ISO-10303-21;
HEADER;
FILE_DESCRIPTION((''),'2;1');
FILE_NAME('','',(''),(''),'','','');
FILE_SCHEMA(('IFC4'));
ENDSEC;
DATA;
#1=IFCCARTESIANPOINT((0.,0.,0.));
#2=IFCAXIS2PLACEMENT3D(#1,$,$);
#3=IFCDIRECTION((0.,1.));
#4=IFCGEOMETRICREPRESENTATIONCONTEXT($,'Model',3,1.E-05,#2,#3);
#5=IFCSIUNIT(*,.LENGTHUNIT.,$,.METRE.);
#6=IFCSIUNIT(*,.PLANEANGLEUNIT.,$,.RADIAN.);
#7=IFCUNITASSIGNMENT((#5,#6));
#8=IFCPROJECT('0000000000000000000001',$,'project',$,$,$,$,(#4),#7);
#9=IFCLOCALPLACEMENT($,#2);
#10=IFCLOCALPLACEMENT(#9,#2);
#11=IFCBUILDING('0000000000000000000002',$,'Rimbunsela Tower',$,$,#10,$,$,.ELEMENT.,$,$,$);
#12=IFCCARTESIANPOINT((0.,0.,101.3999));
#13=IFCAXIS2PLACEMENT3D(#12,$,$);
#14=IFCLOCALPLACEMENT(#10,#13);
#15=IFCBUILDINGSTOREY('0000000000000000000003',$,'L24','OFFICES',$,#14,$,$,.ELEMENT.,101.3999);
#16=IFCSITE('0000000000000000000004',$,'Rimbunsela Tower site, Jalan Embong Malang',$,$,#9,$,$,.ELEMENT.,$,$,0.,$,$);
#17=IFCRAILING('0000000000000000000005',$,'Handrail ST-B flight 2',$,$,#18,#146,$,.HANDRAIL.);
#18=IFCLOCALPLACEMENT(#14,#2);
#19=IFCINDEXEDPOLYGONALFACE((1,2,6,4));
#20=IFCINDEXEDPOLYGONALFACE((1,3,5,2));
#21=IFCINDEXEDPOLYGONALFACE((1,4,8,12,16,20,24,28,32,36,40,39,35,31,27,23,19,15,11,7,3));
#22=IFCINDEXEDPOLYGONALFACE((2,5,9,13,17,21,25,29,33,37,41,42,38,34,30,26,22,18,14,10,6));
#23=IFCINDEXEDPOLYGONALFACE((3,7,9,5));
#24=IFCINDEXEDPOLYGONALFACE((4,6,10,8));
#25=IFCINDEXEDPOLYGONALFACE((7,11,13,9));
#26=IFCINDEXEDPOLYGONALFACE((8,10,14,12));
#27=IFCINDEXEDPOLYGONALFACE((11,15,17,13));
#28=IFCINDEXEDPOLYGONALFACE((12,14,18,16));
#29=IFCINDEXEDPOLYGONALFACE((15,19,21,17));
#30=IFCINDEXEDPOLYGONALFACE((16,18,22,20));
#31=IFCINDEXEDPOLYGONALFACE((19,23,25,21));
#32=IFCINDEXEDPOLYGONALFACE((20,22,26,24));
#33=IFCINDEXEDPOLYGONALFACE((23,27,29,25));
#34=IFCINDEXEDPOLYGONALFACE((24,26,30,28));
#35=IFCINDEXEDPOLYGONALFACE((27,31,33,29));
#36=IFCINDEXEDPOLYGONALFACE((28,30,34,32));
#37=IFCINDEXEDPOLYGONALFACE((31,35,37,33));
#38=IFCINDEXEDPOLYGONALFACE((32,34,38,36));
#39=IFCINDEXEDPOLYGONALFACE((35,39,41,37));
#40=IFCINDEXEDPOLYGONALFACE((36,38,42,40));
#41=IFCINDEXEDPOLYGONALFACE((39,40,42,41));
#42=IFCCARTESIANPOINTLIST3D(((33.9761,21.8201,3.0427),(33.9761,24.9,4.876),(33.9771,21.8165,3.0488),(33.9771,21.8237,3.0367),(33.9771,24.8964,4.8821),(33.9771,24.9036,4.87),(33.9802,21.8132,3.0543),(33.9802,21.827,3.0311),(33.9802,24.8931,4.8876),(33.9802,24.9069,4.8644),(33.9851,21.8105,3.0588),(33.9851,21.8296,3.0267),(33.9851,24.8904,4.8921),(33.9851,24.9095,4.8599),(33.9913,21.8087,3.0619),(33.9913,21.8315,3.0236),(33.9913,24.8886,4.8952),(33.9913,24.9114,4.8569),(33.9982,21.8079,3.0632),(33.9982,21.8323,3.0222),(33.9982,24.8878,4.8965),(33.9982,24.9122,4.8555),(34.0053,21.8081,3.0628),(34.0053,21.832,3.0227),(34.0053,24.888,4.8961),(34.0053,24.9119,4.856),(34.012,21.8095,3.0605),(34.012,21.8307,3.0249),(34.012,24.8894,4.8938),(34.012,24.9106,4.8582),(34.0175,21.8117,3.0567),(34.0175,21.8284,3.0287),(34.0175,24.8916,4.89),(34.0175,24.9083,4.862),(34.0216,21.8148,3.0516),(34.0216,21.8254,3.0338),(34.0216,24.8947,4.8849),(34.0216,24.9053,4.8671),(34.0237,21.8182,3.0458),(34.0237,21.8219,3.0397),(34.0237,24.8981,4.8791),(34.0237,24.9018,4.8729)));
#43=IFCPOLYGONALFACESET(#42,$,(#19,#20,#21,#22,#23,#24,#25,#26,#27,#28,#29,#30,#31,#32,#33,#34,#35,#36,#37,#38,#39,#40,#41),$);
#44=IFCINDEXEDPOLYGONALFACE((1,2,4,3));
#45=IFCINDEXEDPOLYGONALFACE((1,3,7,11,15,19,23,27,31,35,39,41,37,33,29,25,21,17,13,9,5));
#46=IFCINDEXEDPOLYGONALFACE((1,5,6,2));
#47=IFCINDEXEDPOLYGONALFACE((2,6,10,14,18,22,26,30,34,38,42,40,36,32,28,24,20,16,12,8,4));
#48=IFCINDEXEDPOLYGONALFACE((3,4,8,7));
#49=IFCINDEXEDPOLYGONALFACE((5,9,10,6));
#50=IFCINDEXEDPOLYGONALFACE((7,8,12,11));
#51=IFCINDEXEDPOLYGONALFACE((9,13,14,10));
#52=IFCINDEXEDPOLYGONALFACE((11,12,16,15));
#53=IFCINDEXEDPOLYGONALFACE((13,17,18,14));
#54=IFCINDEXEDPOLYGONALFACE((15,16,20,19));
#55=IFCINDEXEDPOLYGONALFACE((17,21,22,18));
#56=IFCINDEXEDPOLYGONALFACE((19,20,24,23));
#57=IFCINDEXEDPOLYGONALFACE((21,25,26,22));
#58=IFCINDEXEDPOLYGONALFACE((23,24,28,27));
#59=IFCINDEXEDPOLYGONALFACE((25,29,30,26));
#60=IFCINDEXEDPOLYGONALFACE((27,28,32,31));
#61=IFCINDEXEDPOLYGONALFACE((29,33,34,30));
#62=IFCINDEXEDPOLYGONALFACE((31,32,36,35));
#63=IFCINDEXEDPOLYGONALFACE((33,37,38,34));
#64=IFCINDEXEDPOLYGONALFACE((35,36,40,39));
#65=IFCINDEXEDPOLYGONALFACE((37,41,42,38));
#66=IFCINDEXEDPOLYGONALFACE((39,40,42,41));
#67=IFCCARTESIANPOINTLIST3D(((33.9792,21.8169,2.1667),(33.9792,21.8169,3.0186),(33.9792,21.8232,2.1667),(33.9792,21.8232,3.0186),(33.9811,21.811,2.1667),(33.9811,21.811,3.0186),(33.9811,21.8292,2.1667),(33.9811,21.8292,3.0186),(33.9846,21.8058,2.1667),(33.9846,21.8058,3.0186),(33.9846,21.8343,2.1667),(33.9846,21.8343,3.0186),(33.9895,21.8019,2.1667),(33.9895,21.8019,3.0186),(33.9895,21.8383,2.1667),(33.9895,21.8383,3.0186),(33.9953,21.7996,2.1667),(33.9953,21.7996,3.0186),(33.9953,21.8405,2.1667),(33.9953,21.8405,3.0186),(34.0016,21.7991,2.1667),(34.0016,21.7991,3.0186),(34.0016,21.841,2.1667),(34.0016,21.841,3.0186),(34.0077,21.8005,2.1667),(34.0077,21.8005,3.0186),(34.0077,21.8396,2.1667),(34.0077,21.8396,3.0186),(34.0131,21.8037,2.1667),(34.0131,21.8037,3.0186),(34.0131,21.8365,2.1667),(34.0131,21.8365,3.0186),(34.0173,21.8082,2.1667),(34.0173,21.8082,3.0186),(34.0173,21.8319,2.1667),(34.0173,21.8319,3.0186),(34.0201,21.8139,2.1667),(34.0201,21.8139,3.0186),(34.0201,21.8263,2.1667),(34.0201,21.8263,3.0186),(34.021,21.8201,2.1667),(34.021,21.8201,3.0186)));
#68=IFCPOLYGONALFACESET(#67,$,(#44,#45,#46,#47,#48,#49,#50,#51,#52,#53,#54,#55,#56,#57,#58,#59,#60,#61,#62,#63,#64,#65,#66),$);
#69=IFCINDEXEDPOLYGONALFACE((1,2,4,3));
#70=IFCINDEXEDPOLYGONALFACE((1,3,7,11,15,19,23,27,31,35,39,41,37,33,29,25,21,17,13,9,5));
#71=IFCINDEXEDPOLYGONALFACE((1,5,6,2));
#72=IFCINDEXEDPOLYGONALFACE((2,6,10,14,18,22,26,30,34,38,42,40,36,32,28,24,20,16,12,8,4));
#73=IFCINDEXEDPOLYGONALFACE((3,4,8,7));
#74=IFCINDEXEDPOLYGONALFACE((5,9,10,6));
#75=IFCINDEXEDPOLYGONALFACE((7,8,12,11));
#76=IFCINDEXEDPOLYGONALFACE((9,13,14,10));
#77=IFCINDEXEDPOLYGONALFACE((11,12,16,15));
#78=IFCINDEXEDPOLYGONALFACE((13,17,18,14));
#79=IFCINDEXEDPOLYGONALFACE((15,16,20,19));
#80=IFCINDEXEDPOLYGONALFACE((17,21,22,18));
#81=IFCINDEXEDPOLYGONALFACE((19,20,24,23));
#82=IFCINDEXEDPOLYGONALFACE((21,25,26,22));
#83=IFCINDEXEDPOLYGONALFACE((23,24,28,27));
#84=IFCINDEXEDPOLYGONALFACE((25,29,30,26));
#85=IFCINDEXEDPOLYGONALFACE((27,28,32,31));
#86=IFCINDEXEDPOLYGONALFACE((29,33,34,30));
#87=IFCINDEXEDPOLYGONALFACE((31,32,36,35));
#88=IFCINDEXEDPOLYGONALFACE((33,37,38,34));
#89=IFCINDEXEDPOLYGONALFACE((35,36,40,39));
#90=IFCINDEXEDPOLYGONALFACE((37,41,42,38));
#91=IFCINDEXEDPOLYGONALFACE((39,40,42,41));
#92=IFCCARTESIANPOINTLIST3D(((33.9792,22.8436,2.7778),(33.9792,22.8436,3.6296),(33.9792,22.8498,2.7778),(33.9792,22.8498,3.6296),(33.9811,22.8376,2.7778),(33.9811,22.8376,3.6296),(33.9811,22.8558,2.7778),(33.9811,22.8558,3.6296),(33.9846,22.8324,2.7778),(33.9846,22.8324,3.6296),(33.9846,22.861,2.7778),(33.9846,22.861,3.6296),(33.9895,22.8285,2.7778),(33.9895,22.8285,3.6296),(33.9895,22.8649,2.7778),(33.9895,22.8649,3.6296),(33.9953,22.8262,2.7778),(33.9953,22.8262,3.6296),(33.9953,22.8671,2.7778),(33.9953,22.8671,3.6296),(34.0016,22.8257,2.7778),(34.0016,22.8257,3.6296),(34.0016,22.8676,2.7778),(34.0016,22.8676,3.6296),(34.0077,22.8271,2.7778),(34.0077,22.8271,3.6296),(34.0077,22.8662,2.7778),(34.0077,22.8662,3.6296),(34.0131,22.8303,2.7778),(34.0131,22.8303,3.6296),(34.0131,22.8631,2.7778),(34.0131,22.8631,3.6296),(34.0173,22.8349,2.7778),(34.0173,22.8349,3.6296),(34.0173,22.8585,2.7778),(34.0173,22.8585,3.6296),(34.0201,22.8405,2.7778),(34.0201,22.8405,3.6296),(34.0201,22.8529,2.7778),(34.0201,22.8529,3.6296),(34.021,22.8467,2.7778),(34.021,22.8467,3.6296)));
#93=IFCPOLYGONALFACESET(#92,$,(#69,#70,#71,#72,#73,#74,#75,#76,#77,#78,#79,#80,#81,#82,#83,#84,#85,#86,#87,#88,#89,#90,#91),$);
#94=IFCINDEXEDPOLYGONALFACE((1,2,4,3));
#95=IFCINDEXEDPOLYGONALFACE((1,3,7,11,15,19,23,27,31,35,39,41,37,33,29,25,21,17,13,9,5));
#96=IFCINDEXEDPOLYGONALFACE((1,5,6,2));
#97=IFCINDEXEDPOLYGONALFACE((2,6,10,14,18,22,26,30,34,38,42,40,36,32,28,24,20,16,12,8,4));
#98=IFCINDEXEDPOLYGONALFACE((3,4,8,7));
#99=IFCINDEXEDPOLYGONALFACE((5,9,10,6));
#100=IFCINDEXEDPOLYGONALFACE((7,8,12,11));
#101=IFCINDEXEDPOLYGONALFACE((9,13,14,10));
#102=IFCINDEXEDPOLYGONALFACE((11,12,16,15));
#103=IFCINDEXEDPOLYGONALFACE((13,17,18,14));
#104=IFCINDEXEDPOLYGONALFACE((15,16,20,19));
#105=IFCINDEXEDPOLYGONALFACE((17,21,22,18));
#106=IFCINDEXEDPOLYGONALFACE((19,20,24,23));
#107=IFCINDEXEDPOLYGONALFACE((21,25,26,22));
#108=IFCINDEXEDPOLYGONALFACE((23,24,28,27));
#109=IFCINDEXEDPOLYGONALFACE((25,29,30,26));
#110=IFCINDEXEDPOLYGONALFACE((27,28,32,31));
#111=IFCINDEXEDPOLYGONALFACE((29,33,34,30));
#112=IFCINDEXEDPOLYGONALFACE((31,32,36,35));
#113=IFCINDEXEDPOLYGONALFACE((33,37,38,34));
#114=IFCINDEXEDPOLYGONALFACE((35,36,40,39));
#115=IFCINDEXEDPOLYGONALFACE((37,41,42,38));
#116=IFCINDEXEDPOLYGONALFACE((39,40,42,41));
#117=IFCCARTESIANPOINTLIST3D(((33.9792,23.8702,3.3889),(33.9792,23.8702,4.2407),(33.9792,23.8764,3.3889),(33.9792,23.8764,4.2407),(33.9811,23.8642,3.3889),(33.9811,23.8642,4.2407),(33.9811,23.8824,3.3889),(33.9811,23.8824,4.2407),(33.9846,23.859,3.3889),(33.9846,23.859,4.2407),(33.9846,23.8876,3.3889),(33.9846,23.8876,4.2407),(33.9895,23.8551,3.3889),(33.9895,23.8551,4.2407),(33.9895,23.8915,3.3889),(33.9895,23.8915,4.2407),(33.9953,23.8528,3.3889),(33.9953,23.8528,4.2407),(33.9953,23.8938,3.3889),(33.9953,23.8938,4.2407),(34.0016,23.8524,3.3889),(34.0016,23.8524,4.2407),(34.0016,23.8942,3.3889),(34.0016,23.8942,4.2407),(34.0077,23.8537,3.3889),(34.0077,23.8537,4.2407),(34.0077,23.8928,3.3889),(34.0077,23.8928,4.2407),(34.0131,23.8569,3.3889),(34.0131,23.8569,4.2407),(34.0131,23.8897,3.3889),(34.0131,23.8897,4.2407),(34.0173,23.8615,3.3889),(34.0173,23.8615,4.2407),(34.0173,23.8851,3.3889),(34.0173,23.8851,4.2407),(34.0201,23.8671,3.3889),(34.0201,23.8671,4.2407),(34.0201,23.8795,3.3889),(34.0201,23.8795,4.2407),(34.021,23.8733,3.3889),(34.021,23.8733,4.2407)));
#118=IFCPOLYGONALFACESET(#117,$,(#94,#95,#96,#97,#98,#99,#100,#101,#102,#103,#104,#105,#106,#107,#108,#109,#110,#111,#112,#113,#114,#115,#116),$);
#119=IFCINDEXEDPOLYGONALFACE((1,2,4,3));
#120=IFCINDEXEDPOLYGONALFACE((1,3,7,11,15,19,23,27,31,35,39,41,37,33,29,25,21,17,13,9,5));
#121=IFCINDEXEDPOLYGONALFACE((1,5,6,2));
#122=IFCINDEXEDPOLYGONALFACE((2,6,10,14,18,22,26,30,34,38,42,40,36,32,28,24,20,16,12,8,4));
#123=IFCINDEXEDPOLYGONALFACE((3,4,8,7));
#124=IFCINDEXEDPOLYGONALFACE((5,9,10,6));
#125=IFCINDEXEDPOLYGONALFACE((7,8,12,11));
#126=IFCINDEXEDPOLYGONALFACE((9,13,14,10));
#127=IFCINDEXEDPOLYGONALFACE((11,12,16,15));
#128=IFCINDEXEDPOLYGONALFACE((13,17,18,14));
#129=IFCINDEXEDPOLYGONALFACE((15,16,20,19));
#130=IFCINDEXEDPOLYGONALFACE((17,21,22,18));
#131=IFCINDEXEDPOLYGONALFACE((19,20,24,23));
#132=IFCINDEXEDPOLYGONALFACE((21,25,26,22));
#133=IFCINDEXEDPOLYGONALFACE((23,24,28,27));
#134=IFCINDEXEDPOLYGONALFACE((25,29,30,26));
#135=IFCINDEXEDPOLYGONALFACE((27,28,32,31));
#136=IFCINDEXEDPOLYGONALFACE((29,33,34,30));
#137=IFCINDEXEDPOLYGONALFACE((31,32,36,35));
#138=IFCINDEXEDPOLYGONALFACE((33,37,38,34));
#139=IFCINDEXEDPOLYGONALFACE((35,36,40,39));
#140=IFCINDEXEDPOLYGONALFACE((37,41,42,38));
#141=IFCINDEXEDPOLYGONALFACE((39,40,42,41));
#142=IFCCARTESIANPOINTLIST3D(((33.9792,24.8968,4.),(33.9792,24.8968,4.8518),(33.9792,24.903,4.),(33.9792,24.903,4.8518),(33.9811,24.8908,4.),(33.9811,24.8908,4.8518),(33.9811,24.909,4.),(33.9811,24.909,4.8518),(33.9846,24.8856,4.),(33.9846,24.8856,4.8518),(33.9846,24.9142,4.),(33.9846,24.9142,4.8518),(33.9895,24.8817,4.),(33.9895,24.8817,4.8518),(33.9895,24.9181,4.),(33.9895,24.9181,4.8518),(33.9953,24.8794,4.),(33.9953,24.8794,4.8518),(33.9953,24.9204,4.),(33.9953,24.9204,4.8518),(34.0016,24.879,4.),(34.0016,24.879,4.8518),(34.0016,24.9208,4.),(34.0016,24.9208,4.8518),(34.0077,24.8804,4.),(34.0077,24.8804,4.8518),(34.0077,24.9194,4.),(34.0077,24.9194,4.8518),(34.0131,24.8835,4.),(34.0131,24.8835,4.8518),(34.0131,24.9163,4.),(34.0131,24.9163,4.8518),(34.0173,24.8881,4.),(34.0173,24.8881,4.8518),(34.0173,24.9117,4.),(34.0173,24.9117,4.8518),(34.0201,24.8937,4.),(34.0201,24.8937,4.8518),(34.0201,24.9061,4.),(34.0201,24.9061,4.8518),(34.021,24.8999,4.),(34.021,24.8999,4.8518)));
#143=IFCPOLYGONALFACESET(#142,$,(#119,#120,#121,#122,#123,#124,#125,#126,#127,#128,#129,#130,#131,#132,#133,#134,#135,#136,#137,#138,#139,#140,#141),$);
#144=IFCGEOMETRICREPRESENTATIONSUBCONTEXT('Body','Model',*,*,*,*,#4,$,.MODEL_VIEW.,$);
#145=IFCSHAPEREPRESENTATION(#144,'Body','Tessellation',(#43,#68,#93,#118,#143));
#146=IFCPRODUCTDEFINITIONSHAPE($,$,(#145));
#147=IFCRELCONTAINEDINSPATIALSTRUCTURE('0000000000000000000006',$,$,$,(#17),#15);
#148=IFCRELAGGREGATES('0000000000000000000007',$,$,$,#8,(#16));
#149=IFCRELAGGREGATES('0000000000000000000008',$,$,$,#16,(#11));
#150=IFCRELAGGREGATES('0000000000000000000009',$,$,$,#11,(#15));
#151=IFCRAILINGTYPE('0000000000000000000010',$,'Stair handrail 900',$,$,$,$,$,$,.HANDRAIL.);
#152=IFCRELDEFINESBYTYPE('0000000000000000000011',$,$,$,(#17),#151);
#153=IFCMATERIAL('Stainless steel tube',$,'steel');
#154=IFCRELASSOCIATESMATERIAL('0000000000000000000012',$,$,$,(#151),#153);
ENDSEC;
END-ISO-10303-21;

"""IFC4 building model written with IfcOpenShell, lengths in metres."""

from ifc_helpers import new_model, si_unit, direction, frame, origin, origin_2d, place, context, subcontext, project, spatial, circle, extrude, material, type_object, element, save


model = new_model("IFC4")

# Units and contexts
model_context = context("Model", 3, precision=1e-05, world=origin(), true_north=direction((0.0, 1.0)))
body_context = subcontext(model_context, "Body", "Model", "MODEL_VIEW")
ifc_project = project(units=[si_unit("LENGTHUNIT", "METRE"), si_unit("PLANEANGLEUNIT", "RADIAN")], contexts=[model_context])

# Site, building, storey
site_placement = place(None, origin())
site = spatial("IfcSite", under=ifc_project, at=site_placement, Name="Rimbunsela Tower site, Jalan Embong Malang", CompositionType="ELEMENT", RefElevation=0.0)
building_placement = place(site_placement, origin())
building = spatial("IfcBuilding", under=site, at=building_placement, Name="Rimbunsela Tower", CompositionType="ELEMENT")
storey_placement = place(building_placement, frame((0.0, 0.0, 101.3999)))
storey = spatial("IfcBuildingStorey", under=building, at=storey_placement, Name="L24", Description="OFFICES", CompositionType="ELEMENT", Elevation=101.3999)

# Railing
ifc_material_1 = material(Name="Stainless steel tube", Category="steel")
railing_type = type_object("IfcRailingType", Name="Stair handrail 900", PredefinedType="HANDRAIL", material=ifc_material_1)
railing_placement = place(storey_placement, frame((34.0, 21.8201, 2.1667)))
element("IfcRailing", 1, at=railing_placement, inside=storey, type_object=railing_type, Name="Handrail ST-B flight 2", PredefinedType="HANDRAIL", context=body_context, shape_type="SweptSolid", body=[
    extrude(circle(Radius=0.0239, at=origin_2d()), frame((0.0, 0.0, 0.876), z_axis=(0.0, 0.859291, 0.511487), x_axis=(-1.0, 0.0, 0.0)), (0.0, 0.0, 1.0), 3.5842),
    extrude(circle(Radius=0.021, at=origin_2d()), origin(), (0.0, 0.0, 1.0), 0.8518),
    extrude(circle(Radius=0.021, at=origin_2d()), frame((0.0, 1.0266, 0.6111)), (0.0, 0.0, 1.0), 0.8518),
    extrude(circle(Radius=0.021, at=origin_2d()), frame((0.0, 2.0532, 1.2222)), (0.0, 0.0, 1.0), 0.8518),
    extrude(circle(Radius=0.021, at=origin_2d()), frame((0.0, 3.0798, 1.8333)), (0.0, 0.0, 1.0), 0.8518),
])

save(model, "model.ifc")
